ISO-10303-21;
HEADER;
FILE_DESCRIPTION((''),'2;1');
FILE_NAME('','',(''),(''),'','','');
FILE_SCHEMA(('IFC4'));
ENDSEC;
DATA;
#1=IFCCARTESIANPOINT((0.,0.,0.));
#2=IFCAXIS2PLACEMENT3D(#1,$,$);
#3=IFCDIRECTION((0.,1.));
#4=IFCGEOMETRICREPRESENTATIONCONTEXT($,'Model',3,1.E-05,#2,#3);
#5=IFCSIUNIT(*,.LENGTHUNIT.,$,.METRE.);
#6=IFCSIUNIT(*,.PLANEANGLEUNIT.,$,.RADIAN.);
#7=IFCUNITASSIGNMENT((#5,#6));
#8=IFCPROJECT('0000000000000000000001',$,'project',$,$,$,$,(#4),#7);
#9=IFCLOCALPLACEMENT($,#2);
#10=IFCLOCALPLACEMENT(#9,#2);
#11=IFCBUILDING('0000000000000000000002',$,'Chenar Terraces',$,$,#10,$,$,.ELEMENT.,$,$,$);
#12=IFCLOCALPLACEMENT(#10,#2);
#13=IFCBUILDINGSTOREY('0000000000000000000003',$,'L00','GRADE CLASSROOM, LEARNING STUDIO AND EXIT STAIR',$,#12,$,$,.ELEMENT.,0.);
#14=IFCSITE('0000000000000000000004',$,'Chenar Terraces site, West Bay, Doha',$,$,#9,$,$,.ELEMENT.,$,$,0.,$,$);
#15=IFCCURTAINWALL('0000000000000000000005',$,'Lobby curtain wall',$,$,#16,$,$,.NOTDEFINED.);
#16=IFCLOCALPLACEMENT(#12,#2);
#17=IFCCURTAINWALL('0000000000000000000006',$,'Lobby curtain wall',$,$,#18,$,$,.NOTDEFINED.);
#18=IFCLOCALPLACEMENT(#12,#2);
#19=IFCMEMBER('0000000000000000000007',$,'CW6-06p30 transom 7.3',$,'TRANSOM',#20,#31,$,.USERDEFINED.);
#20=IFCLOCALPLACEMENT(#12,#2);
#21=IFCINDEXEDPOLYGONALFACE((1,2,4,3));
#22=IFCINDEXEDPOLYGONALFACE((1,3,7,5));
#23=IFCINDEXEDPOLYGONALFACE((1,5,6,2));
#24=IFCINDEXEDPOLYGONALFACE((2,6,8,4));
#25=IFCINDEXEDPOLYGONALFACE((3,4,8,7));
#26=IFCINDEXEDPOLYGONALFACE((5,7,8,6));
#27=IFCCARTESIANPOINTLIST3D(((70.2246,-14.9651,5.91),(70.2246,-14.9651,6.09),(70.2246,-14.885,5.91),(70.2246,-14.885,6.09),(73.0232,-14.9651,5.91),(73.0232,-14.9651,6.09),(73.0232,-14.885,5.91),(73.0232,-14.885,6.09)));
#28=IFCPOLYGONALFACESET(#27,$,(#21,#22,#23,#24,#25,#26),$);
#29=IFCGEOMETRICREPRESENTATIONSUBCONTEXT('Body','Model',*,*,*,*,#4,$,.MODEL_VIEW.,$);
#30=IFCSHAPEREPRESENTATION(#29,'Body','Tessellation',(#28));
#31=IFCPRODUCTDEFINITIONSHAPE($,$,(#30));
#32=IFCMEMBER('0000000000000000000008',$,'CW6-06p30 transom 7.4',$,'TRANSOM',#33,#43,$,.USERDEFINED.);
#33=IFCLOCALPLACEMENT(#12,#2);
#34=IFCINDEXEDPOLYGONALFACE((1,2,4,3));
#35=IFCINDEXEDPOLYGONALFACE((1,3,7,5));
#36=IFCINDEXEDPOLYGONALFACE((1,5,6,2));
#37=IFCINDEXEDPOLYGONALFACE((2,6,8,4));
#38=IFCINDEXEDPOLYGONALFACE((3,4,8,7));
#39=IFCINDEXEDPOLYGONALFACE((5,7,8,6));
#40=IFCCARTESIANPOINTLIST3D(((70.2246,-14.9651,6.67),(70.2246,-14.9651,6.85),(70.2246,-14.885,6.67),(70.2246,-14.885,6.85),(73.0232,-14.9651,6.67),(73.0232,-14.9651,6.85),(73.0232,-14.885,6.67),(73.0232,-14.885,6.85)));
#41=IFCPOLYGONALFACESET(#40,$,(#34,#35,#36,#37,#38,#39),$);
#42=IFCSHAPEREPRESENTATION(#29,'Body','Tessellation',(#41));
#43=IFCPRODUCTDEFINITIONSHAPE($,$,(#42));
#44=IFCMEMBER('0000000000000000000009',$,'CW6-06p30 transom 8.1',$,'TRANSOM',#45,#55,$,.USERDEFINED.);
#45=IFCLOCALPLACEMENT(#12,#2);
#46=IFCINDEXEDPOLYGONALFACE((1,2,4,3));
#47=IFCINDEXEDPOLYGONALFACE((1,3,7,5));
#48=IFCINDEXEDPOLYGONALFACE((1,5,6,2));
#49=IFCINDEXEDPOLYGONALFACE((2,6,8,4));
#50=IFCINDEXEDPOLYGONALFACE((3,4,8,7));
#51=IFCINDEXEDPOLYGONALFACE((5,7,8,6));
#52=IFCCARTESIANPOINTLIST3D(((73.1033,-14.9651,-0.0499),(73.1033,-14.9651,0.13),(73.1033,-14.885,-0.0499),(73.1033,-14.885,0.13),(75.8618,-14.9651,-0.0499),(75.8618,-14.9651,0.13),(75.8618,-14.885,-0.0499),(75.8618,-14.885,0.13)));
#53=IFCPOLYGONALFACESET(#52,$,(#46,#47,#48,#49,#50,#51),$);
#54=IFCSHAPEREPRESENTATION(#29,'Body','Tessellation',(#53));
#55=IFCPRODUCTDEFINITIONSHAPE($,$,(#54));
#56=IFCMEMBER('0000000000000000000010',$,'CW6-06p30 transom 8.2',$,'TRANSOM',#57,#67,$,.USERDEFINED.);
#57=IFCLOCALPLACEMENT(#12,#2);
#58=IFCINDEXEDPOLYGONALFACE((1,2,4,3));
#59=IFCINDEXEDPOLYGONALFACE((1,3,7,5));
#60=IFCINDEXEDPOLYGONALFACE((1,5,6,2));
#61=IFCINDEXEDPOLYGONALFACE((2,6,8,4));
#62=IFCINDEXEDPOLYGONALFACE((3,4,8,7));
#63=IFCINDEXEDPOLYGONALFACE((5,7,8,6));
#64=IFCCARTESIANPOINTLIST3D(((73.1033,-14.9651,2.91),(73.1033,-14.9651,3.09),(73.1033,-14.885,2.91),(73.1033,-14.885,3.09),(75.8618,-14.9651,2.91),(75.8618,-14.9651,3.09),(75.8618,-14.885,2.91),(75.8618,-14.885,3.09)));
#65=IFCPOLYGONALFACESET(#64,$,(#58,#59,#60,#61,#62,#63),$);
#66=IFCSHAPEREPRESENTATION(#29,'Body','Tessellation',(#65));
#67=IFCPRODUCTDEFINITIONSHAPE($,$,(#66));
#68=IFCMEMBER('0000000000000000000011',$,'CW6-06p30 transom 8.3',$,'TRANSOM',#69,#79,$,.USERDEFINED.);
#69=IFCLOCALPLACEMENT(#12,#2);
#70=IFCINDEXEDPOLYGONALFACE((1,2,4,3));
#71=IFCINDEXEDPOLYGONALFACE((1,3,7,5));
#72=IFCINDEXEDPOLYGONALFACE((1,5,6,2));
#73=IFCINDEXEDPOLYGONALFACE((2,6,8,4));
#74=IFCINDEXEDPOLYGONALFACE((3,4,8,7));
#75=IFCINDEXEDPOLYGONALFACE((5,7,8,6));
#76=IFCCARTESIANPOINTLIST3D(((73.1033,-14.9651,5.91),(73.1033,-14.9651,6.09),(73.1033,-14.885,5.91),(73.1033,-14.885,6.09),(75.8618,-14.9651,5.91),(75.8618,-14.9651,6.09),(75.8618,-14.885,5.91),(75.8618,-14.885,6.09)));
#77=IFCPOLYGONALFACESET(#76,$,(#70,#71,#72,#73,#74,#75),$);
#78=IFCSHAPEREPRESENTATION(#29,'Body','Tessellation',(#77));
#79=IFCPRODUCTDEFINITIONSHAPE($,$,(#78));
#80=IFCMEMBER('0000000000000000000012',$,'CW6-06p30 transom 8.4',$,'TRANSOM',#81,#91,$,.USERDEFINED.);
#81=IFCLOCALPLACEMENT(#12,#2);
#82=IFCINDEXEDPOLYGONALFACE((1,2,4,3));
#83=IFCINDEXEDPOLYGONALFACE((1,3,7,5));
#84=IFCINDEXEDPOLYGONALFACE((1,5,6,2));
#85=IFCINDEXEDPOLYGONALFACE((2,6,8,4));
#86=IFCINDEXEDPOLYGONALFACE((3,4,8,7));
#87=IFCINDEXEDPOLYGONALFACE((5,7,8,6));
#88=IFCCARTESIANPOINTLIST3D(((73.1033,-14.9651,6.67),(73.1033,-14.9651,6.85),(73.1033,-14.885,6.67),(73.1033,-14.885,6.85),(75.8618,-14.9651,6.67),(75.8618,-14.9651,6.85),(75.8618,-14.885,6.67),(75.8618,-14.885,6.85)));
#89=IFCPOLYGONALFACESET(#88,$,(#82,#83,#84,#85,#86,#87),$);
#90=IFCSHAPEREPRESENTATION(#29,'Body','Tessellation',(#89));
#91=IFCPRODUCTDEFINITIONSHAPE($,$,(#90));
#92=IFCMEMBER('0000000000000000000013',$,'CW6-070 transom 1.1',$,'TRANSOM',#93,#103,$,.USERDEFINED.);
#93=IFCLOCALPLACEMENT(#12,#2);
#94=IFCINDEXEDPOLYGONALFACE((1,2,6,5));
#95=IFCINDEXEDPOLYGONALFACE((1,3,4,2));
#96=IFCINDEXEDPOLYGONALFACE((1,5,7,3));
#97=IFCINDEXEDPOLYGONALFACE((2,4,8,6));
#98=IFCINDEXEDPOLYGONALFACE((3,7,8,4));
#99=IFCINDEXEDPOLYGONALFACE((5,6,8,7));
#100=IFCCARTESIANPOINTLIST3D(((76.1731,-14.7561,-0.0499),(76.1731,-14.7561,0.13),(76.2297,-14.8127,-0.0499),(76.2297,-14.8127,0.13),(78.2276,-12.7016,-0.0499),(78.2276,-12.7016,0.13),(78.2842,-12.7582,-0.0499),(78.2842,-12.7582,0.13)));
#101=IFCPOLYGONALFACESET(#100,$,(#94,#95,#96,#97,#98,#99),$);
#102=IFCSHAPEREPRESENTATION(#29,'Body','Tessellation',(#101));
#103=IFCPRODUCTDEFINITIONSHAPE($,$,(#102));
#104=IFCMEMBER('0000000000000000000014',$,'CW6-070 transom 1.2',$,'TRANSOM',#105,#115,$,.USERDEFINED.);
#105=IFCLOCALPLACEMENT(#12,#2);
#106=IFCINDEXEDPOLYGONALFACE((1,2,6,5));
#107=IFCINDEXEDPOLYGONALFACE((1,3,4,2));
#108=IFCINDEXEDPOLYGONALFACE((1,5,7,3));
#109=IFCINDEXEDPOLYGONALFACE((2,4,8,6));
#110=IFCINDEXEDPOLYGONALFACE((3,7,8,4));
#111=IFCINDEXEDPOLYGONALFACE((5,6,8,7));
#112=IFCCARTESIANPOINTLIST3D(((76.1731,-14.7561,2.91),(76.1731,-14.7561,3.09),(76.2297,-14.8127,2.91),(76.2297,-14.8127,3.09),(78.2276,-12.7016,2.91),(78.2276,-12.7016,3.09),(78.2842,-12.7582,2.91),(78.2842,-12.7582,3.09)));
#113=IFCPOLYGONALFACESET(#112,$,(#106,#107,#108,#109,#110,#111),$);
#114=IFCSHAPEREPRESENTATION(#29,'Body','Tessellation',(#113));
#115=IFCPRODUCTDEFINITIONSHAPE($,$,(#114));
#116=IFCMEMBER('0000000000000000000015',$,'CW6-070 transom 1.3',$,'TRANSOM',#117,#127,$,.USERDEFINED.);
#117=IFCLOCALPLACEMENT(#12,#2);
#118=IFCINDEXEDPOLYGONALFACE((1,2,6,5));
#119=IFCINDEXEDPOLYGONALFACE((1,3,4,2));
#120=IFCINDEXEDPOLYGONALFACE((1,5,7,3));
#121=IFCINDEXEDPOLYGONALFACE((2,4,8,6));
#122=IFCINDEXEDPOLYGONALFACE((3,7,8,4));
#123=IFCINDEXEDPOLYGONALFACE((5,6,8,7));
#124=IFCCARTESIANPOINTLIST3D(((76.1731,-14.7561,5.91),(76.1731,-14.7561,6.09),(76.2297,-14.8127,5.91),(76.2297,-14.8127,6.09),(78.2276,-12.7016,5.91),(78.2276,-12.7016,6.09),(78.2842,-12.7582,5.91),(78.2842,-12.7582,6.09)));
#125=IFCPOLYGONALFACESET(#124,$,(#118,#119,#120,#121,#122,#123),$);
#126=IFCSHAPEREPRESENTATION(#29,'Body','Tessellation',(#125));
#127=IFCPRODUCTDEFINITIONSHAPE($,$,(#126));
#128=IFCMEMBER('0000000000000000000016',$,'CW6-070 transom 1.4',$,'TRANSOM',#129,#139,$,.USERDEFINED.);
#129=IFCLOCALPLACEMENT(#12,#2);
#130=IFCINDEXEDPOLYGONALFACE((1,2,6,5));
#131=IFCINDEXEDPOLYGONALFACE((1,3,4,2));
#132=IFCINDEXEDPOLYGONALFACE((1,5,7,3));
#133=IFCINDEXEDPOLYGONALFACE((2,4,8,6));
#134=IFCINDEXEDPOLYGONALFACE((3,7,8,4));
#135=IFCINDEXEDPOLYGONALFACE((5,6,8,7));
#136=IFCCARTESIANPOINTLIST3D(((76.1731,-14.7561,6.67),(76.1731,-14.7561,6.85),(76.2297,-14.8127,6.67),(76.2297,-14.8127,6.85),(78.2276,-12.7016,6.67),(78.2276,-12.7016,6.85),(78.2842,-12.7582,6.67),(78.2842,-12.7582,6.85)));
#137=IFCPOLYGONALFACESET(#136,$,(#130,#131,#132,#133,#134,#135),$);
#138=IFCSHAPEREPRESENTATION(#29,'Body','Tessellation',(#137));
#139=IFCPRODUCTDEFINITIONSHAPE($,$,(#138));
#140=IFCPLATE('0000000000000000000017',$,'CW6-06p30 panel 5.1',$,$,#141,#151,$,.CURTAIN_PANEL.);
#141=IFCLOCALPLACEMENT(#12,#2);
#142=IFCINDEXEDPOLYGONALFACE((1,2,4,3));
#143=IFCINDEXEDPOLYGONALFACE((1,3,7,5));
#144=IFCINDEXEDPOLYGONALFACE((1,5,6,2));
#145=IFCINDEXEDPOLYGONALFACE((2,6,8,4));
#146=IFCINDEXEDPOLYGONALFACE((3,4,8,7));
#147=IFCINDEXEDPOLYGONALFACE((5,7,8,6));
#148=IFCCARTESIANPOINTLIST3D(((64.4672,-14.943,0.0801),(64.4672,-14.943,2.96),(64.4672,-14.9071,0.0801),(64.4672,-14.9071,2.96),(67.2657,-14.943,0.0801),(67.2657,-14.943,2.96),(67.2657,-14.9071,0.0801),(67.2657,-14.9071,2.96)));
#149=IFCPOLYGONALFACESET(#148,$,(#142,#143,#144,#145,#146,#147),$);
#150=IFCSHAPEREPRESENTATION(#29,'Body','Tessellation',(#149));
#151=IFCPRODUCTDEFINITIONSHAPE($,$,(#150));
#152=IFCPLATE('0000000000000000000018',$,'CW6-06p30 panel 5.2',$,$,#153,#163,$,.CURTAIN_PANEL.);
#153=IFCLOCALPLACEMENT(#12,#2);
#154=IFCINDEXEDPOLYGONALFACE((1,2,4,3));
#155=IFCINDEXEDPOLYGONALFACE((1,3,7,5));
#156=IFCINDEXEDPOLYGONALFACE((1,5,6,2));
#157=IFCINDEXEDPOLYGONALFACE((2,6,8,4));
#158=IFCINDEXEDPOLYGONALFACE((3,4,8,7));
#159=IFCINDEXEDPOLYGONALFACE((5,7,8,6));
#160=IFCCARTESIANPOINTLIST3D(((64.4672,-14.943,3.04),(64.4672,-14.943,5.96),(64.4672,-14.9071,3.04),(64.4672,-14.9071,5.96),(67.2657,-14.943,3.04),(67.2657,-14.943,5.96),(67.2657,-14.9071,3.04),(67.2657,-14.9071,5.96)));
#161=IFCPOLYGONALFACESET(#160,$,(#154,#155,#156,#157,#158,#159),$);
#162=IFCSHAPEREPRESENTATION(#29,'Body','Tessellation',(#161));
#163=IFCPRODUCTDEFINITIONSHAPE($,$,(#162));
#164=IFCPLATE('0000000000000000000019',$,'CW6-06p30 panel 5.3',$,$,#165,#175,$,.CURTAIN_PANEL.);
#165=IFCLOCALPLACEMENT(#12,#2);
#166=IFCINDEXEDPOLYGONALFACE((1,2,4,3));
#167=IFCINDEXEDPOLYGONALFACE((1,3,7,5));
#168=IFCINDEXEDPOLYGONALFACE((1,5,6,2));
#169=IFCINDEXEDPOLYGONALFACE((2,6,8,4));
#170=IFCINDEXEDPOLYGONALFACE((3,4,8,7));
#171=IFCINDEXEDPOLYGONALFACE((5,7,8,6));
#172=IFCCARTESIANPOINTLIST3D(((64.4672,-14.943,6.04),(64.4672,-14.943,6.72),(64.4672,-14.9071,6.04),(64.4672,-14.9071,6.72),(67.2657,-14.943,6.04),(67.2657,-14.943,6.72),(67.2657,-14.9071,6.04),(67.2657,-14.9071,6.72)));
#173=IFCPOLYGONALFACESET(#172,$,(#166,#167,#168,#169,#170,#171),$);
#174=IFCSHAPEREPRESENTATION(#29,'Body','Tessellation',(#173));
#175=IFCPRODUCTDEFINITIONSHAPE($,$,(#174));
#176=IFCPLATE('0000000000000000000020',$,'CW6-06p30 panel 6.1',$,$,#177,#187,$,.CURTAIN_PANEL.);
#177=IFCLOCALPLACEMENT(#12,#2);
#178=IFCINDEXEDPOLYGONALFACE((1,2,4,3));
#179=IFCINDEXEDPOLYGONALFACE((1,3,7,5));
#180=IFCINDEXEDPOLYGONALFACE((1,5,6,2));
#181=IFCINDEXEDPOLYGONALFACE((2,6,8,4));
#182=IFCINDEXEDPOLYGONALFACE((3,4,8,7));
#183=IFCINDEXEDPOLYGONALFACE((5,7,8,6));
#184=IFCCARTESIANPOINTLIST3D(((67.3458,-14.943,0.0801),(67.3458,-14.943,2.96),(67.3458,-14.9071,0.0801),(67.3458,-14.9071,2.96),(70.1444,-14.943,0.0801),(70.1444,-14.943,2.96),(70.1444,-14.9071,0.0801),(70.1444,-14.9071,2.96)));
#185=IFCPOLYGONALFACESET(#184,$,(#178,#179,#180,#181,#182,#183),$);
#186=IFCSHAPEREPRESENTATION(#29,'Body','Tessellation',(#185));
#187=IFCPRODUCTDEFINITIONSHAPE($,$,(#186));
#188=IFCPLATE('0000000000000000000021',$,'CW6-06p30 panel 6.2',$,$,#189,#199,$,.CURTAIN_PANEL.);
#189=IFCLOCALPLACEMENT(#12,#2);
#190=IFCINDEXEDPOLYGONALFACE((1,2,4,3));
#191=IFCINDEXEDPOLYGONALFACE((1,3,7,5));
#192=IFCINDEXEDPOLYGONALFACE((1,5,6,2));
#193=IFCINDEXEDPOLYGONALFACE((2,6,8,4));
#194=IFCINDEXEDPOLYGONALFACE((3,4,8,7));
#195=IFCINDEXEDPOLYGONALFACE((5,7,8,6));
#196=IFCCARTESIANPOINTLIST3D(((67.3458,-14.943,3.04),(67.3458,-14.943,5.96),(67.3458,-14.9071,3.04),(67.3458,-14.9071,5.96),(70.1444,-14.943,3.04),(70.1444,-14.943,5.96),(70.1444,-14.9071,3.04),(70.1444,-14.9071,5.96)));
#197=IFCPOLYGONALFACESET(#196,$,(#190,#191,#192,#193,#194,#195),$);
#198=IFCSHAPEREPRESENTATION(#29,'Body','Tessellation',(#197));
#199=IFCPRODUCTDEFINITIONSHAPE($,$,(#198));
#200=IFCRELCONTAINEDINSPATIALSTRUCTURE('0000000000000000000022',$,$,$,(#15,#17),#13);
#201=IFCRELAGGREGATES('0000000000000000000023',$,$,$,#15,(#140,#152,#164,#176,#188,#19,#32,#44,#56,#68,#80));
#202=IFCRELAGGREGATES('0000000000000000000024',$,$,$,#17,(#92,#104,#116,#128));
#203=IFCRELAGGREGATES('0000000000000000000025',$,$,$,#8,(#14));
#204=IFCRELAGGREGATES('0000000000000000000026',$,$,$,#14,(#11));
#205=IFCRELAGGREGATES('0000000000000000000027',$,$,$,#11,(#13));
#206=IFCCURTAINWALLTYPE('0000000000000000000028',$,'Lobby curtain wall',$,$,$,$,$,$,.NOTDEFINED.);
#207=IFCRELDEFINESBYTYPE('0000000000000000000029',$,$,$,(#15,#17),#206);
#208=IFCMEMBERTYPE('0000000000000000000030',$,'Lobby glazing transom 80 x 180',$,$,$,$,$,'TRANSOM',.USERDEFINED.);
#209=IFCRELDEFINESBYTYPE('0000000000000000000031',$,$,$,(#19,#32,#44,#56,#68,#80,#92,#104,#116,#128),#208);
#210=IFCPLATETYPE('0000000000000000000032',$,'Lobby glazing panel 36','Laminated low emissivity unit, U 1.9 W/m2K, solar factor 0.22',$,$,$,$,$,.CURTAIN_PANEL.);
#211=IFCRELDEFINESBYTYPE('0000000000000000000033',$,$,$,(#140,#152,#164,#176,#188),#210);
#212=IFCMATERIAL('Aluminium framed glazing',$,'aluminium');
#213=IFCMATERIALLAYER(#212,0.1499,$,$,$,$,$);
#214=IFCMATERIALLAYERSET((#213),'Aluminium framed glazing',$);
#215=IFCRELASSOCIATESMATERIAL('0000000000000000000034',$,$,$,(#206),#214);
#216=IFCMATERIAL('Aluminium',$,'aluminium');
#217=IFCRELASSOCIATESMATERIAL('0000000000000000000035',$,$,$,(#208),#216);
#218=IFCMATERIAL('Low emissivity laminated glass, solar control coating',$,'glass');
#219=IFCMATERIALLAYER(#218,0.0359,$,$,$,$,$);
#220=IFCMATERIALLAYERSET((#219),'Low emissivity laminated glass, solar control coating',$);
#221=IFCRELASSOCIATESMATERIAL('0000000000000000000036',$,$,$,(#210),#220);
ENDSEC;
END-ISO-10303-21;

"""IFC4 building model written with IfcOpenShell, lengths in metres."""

from ifc_helpers import new_model, si_unit, direction, frame, origin, origin_2d, place, context, subcontext, project, spatial, rectangle, extrude, material, layer, layer_set, material_profile, profile_set, type_object, element, aggregate, save


model = new_model("IFC4")

# Units and contexts
model_context = context("Model", 3, precision=1e-05, world=origin(), true_north=direction((0.0, 1.0)))
body_context = subcontext(model_context, "Body", "Model", "MODEL_VIEW")
ifc_project = project(units=[si_unit("LENGTHUNIT", "METRE"), si_unit("PLANEANGLEUNIT", "RADIAN")], contexts=[model_context])

# Site, building, storey
site_placement = place(None, origin())
site = spatial("IfcSite", under=ifc_project, at=site_placement, Name="Chenar Terraces site, West Bay, Doha", CompositionType="ELEMENT", RefElevation=0.0)
building_placement = place(site_placement, origin())
building = spatial("IfcBuilding", under=site, at=building_placement, Name="Chenar Terraces", CompositionType="ELEMENT")
storey_placement = place(building_placement, origin())
storey = spatial("IfcBuildingStorey", under=building, at=storey_placement, Name="L00", Description="GRADE CLASSROOM, LEARNING STUDIO AND EXIT STAIR", CompositionType="ELEMENT", Elevation=0.0)

# Curtain wall
ifc_material_1 = material(Name="Aluminium framed glazing", Category="aluminium")
ifc_layer_1 = layer(ifc_material_1, 0.1499)
ifc_layer_set_1 = layer_set([ifc_layer_1], Name="Aluminium framed glazing")
curtain_wall_type = type_object("IfcCurtainWallType", Name="Lobby curtain wall", PredefinedType="NOTDEFINED", material=ifc_layer_set_1)
placement = place(storey_placement, origin())
curtain_wall_1 = element("IfcCurtainWall", 1, at=placement, inside=storey, type_object=curtain_wall_type, Name="Lobby curtain wall", PredefinedType="NOTDEFINED")

# Curtain wall
curtain_wall_2 = element("IfcCurtainWall", 2, at=placement, inside=storey, type_object=curtain_wall_type, Name="Lobby curtain wall", PredefinedType="NOTDEFINED")

# Members
ifc_material_2 = material(Name="Aluminium", Category="aluminium")
ifc_material_profile_1 = material_profile(ifc_material_2, rectangle(XDim=0.0801, YDim=0.1799, at=origin_2d()), Name="Lobby glazing transom 80 x 180")
ifc_profile_set_1 = profile_set([ifc_material_profile_1], Name="Aluminium")
member_type_1 = type_object("IfcMemberType", Name="Lobby glazing transom 80 x 180", ElementType="TRANSOM", PredefinedType="USERDEFINED", material=ifc_profile_set_1)
member_1_placement = place(storey_placement, frame((70.2246, -14.925, 6.0), z_axis=(1.0, 0.0, 0.0), x_axis=(0.0, 1.0, 0.0)))
member_1 = element("IfcMember", 3, at=member_1_placement, type_object=member_type_1, Name="CW6-06p30 transom 7.3", ObjectType="TRANSOM", PredefinedType="USERDEFINED", context=body_context, shape_type="SweptSolid", body=[
    extrude(rectangle(XDim=0.0801, YDim=0.1799, at=origin_2d()), origin(), (0.0, 0.0, 1.0), 2.7986),
])
member_2_placement = place(storey_placement, frame((70.2246, -14.925, 6.76), z_axis=(1.0, 0.0, 0.0), x_axis=(0.0, 1.0, 0.0)))
member_2 = element("IfcMember", 4, at=member_2_placement, type_object=member_type_1, Name="CW6-06p30 transom 7.4", ObjectType="TRANSOM", PredefinedType="USERDEFINED", context=body_context, shape_type="SweptSolid", body=[
    extrude(rectangle(XDim=0.0801, YDim=0.1799, at=origin_2d()), origin(), (0.0, 0.0, 1.0), 2.7986),
])
member_3_placement = place(storey_placement, frame((73.1033, -14.925, 0.04), z_axis=(1.0, 0.0, 0.0), x_axis=(0.0, 1.0, 0.0)))
member_3 = element("IfcMember", 5, at=member_3_placement, type_object=member_type_1, Name="CW6-06p30 transom 8.1", ObjectType="TRANSOM", PredefinedType="USERDEFINED", context=body_context, shape_type="SweptSolid", body=[
    extrude(rectangle(XDim=0.0801, YDim=0.1799, at=origin_2d()), origin(), (0.0, 0.0, 1.0), 2.7585),
])
member_4_placement = place(storey_placement, frame((73.1033, -14.925, 3.0), z_axis=(1.0, 0.0, 0.0), x_axis=(0.0, 1.0, 0.0)))
member_4 = element("IfcMember", 6, at=member_4_placement, type_object=member_type_1, Name="CW6-06p30 transom 8.2", ObjectType="TRANSOM", PredefinedType="USERDEFINED", context=body_context, shape_type="SweptSolid", body=[
    extrude(rectangle(XDim=0.0801, YDim=0.1799, at=origin_2d()), origin(), (0.0, 0.0, 1.0), 2.7585),
])
member_5_placement = place(storey_placement, frame((73.1033, -14.925, 6.0), z_axis=(1.0, 0.0, 0.0), x_axis=(0.0, 1.0, 0.0)))
member_5 = element("IfcMember", 7, at=member_5_placement, type_object=member_type_1, Name="CW6-06p30 transom 8.3", ObjectType="TRANSOM", PredefinedType="USERDEFINED", context=body_context, shape_type="SweptSolid", body=[
    extrude(rectangle(XDim=0.0801, YDim=0.1799, at=origin_2d()), origin(), (0.0, 0.0, 1.0), 2.7585),
])
member_6_placement = place(storey_placement, frame((73.1033, -14.925, 6.76), z_axis=(1.0, 0.0, 0.0), x_axis=(0.0, 1.0, 0.0)))
member_6 = element("IfcMember", 8, at=member_6_placement, type_object=member_type_1, Name="CW6-06p30 transom 8.4", ObjectType="TRANSOM", PredefinedType="USERDEFINED", context=body_context, shape_type="SweptSolid", body=[
    extrude(rectangle(XDim=0.0801, YDim=0.1799, at=origin_2d()), origin(), (0.0, 0.0, 1.0), 2.7585),
])
member_7_placement = place(storey_placement, frame((76.2014, -14.7844, 0.04), z_axis=(0.707107, 0.707107, 0.0), x_axis=(-0.707107, 0.707107, 0.0)))
member_7 = element("IfcMember", 9, at=member_7_placement, type_object=member_type_1, Name="CW6-070 transom 1.1", ObjectType="TRANSOM", PredefinedType="USERDEFINED", context=body_context, shape_type="SweptSolid", body=[
    extrude(rectangle(XDim=0.0801, YDim=0.1799, at=origin_2d()), origin(), (0.0, 0.0, 1.0), 2.9055),
])
member_8_placement = place(storey_placement, frame((76.2014, -14.7844, 3.0), z_axis=(0.707107, 0.707107, 0.0), x_axis=(-0.707107, 0.707107, 0.0)))
member_8 = element("IfcMember", 10, at=member_8_placement, type_object=member_type_1, Name="CW6-070 transom 1.2", ObjectType="TRANSOM", PredefinedType="USERDEFINED", context=body_context, shape_type="SweptSolid", body=[
    extrude(rectangle(XDim=0.0801, YDim=0.1799, at=origin_2d()), origin(), (0.0, 0.0, 1.0), 2.9055),
])
member_9_placement = place(storey_placement, frame((76.2014, -14.7844, 6.0), z_axis=(0.707107, 0.707107, 0.0), x_axis=(-0.707107, 0.707107, 0.0)))
member_9 = element("IfcMember", 11, at=member_9_placement, type_object=member_type_1, Name="CW6-070 transom 1.3", ObjectType="TRANSOM", PredefinedType="USERDEFINED", context=body_context, shape_type="SweptSolid", body=[
    extrude(rectangle(XDim=0.0801, YDim=0.1799, at=origin_2d()), origin(), (0.0, 0.0, 1.0), 2.9055),
])
member_10_placement = place(storey_placement, frame((76.2014, -14.7844, 6.76), z_axis=(0.707107, 0.707107, 0.0), x_axis=(-0.707107, 0.707107, 0.0)))
member_10 = element("IfcMember", 12, at=member_10_placement, type_object=member_type_1, Name="CW6-070 transom 1.4", ObjectType="TRANSOM", PredefinedType="USERDEFINED", context=body_context, shape_type="SweptSolid", body=[
    extrude(rectangle(XDim=0.0801, YDim=0.1799, at=origin_2d()), origin(), (0.0, 0.0, 1.0), 2.9055),
])

# Plates
ifc_material_3 = material(Name="Low emissivity laminated glass, solar control coating", Category="glass")
ifc_layer_2 = layer(ifc_material_3, 0.0359)
ifc_layer_set_2 = layer_set([ifc_layer_2], Name="Low emissivity laminated glass, solar control coating")
plate_type = type_object("IfcPlateType", Name="Lobby glazing panel 36", Description="Laminated low emissivity unit, U 1.9 W/m2K, solar factor 0.22", PredefinedType="CURTAIN_PANEL", material=ifc_layer_set_2)
plate_1_placement = place(storey_placement, frame((65.8665, -14.925, 0.0801), z_axis=(0.0, 0.0, 1.0), x_axis=(1.0, 0.0, 0.0)))
plate_1 = element("IfcPlate", 13, at=plate_1_placement, type_object=plate_type, Name="CW6-06p30 panel 5.1", PredefinedType="CURTAIN_PANEL", context=body_context, shape_type="SweptSolid", body=[
    extrude(rectangle(XDim=2.7986, YDim=0.0359, at=origin_2d()), origin(), (0.0, 0.0, 1.0), 2.8799),
])
plate_2_placement = place(storey_placement, frame((65.8665, -14.925, 3.04), z_axis=(0.0, 0.0, 1.0), x_axis=(1.0, 0.0, 0.0)))
plate_2 = element("IfcPlate", 14, at=plate_2_placement, type_object=plate_type, Name="CW6-06p30 panel 5.2", PredefinedType="CURTAIN_PANEL", context=body_context, shape_type="SweptSolid", body=[
    extrude(rectangle(XDim=2.7986, YDim=0.0359, at=origin_2d()), origin(), (0.0, 0.0, 1.0), 2.9199),
])
plate_3_placement = place(storey_placement, frame((65.8665, -14.925, 6.04), z_axis=(0.0, 0.0, 1.0), x_axis=(1.0, 0.0, 0.0)))
plate_3 = element("IfcPlate", 15, at=plate_3_placement, type_object=plate_type, Name="CW6-06p30 panel 5.3", PredefinedType="CURTAIN_PANEL", context=body_context, shape_type="SweptSolid", body=[
    extrude(rectangle(XDim=2.7986, YDim=0.0359, at=origin_2d()), origin(), (0.0, 0.0, 1.0), 0.6799),
])
plate_4_placement = place(storey_placement, frame((68.7451, -14.925, 0.0801), z_axis=(0.0, 0.0, 1.0), x_axis=(1.0, 0.0, 0.0)))
plate_4 = element("IfcPlate", 16, at=plate_4_placement, type_object=plate_type, Name="CW6-06p30 panel 6.1", PredefinedType="CURTAIN_PANEL", context=body_context, shape_type="SweptSolid", body=[
    extrude(rectangle(XDim=2.7986, YDim=0.0359, at=origin_2d()), origin(), (0.0, 0.0, 1.0), 2.8799),
])
plate_5_placement = place(storey_placement, frame((68.7451, -14.925, 3.04), z_axis=(0.0, 0.0, 1.0), x_axis=(1.0, 0.0, 0.0)))
plate_5 = element("IfcPlate", 17, at=plate_5_placement, type_object=plate_type, Name="CW6-06p30 panel 6.2", PredefinedType="CURTAIN_PANEL", context=body_context, shape_type="SweptSolid", body=[
    extrude(rectangle(XDim=2.7986, YDim=0.0359, at=origin_2d()), origin(), (0.0, 0.0, 1.0), 2.9199),
])
aggregate(curtain_wall_1, [plate_1, plate_2, plate_3, plate_4, plate_5, member_1, member_2, member_3, member_4, member_5, member_6])
aggregate(curtain_wall_2, [member_7, member_8, member_9, member_10])

save(model, "model.ifc")
